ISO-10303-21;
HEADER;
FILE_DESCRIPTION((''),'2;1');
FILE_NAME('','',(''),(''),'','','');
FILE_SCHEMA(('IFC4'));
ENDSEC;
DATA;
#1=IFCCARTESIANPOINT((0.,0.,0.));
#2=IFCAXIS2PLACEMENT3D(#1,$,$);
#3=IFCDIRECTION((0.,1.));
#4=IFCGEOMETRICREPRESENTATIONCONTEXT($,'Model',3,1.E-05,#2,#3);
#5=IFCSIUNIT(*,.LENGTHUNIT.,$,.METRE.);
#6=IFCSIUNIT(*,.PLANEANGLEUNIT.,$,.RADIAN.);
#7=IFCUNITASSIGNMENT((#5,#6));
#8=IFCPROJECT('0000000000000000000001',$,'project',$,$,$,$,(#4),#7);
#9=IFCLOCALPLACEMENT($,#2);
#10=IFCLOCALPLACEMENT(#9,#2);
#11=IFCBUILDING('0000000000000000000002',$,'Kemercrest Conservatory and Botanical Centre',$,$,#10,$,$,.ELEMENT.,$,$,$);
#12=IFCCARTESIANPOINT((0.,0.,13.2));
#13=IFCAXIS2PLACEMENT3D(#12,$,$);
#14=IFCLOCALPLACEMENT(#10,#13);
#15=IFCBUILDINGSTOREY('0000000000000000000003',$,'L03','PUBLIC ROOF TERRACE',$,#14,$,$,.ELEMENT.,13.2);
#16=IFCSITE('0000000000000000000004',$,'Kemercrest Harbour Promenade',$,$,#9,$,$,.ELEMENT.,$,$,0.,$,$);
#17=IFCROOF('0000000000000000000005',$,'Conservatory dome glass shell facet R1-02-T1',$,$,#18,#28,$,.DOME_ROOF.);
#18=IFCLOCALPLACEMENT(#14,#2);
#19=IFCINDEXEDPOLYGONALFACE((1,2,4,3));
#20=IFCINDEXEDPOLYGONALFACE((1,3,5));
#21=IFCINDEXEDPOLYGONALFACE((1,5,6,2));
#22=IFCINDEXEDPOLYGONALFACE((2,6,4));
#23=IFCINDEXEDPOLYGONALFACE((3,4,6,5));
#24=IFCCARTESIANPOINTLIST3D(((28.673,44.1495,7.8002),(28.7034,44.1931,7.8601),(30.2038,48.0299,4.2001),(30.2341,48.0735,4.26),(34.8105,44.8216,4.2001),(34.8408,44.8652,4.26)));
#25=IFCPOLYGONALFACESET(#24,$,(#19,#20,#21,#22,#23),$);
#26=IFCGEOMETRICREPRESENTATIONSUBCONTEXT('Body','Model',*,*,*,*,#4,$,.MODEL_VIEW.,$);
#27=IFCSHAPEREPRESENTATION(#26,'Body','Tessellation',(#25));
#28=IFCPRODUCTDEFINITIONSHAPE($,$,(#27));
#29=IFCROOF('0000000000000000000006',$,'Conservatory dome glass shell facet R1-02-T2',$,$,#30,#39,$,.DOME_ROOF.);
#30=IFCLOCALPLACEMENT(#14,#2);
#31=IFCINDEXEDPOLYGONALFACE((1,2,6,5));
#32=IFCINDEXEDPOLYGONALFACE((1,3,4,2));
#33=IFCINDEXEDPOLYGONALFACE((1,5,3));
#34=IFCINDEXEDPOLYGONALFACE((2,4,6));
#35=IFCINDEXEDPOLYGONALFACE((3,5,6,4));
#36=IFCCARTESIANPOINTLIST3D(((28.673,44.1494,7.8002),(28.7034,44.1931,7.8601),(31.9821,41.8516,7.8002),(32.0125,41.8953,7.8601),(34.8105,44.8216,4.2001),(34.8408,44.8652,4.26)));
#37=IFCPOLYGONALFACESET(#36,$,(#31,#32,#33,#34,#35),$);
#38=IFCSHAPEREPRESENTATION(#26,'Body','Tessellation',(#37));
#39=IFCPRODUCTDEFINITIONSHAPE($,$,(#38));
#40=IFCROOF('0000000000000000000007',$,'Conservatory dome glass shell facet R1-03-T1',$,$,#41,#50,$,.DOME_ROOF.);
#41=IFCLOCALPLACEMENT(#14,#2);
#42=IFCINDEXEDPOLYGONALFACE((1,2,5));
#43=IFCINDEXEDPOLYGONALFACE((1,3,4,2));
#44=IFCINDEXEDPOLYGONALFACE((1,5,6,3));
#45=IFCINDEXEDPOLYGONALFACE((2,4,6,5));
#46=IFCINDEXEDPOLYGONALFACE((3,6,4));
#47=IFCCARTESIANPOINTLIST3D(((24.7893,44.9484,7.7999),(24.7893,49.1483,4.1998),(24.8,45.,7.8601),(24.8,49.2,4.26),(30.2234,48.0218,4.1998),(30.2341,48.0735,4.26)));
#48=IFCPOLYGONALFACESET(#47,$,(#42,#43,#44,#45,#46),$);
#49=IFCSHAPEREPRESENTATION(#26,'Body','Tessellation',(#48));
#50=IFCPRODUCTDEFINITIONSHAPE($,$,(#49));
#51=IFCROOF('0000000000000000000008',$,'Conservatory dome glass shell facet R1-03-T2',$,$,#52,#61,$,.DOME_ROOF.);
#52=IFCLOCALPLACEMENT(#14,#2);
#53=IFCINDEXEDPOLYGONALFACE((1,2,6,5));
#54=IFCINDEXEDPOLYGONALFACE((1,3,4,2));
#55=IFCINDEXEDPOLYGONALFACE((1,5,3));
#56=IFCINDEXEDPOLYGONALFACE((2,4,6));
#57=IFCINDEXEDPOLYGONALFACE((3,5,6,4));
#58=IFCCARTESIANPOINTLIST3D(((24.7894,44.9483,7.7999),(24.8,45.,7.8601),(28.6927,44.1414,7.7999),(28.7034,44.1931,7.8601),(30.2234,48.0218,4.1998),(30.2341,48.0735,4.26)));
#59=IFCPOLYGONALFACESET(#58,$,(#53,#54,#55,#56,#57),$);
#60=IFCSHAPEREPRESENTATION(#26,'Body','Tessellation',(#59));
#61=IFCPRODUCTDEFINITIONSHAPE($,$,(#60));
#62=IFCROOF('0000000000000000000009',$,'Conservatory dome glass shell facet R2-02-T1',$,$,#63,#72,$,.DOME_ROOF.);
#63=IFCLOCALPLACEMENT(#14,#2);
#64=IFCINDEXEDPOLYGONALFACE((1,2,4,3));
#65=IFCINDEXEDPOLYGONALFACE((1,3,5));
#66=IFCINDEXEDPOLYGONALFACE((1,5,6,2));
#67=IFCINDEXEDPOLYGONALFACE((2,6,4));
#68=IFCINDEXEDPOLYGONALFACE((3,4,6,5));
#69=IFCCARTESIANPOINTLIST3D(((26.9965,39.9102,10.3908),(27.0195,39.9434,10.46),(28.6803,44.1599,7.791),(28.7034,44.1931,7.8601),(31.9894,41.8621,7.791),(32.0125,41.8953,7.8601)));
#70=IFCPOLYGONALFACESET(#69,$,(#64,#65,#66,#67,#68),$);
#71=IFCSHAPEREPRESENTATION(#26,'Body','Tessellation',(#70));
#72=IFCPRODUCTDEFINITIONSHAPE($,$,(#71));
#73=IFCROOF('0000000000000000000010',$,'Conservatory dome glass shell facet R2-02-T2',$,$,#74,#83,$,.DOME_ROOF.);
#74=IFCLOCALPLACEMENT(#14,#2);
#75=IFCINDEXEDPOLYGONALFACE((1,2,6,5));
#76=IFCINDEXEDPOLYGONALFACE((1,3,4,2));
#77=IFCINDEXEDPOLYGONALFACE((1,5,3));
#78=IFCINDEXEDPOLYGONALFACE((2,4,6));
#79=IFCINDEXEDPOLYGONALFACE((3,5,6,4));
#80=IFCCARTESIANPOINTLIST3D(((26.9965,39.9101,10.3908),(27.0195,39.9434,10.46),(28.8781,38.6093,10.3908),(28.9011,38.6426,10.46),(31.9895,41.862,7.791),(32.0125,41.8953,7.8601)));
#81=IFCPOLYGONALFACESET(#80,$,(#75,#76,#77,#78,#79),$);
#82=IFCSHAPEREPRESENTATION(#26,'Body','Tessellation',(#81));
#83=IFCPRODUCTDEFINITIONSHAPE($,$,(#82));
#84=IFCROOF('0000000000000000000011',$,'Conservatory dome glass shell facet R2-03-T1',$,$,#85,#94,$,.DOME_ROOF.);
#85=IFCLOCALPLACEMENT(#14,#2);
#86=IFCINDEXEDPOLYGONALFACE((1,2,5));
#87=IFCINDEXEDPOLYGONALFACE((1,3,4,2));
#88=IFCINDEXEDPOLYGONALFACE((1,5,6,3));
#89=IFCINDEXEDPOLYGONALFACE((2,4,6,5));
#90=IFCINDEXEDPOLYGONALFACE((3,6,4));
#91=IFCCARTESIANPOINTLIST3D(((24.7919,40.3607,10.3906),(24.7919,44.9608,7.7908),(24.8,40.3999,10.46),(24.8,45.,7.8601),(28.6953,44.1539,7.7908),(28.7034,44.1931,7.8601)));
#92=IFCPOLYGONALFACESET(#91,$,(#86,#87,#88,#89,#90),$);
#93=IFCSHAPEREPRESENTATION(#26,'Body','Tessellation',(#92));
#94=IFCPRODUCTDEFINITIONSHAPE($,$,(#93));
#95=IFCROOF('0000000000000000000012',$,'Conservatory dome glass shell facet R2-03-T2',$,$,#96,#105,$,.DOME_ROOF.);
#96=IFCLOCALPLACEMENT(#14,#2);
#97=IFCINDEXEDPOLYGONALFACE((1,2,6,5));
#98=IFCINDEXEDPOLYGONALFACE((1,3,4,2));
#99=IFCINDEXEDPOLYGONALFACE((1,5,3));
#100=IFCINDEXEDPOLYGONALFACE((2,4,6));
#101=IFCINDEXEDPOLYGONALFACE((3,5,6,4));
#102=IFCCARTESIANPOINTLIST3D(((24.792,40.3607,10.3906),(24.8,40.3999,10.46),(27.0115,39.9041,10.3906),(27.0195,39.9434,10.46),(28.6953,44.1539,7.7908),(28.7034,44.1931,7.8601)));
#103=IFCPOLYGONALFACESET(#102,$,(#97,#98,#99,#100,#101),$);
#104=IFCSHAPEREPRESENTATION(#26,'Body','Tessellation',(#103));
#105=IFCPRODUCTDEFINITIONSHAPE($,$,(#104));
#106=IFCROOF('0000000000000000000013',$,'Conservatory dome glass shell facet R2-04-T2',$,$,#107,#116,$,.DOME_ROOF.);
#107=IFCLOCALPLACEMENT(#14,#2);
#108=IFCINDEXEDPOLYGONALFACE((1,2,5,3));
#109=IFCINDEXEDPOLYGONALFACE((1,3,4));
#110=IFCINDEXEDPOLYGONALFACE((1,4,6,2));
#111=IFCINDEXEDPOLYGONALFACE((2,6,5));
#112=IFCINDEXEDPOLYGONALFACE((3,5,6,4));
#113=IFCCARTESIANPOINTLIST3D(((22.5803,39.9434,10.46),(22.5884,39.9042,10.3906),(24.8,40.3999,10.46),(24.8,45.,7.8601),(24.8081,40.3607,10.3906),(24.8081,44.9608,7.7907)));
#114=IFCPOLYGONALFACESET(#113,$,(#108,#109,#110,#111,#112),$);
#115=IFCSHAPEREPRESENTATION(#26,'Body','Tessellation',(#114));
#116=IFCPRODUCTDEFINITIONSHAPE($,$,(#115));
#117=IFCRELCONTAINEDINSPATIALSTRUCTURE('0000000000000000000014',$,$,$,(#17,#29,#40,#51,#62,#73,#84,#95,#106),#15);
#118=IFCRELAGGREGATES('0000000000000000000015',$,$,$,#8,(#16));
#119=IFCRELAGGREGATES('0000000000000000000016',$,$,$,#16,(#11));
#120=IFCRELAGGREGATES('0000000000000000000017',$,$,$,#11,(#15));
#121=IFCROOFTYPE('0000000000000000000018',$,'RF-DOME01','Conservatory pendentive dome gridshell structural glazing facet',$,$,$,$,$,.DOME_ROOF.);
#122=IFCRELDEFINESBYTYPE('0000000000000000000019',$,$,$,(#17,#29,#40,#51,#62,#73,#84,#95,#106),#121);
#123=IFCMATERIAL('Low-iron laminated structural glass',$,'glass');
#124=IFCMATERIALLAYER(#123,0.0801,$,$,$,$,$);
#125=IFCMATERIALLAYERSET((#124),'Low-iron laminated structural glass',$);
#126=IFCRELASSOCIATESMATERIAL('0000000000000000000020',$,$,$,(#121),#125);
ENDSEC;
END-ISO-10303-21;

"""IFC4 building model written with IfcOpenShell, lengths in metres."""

from ifc_helpers import new_model, si_unit, direction, frame, origin, place, context, subcontext, project, spatial, polyline, outline, extrude, material, layer, layer_set, type_object, element, save


model = new_model("IFC4")

# Units and contexts
model_context = context("Model", 3, precision=1e-05, world=origin(), true_north=direction((0.0, 1.0)))
body_context = subcontext(model_context, "Body", "Model", "MODEL_VIEW")
ifc_project = project(units=[si_unit("LENGTHUNIT", "METRE"), si_unit("PLANEANGLEUNIT", "RADIAN")], contexts=[model_context])

# Site, building, storey
site_placement = place(None, origin())
site = spatial("IfcSite", under=ifc_project, at=site_placement, Name="Kemercrest Harbour Promenade", CompositionType="ELEMENT", RefElevation=0.0)
building_placement = place(site_placement, origin())
building = spatial("IfcBuilding", under=site, at=building_placement, Name="Kemercrest Conservatory and Botanical Centre", CompositionType="ELEMENT")
storey_placement = place(building_placement, frame((0.0, 0.0, 13.2)))
storey = spatial("IfcBuildingStorey", under=building, at=storey_placement, Name="L03", Description="PUBLIC ROOF TERRACE", CompositionType="ELEMENT", Elevation=13.2)

# Roofs
ifc_material_1 = material(Name="Low-iron laminated structural glass", Category="glass")
ifc_layer_1 = layer(ifc_material_1, 0.0801)
ifc_layer_set_1 = layer_set([ifc_layer_1], Name="Low-iron laminated structural glass")
roof_type = type_object("IfcRoofType", Name="RF-DOME01", Description="Conservatory pendentive dome gridshell structural glazing facet", PredefinedType="DOME_ROOF", material=ifc_layer_set_1)
roof_1_placement = place(storey_placement, frame((34.8408, 44.8652, 4.26), z_axis=(0.379212, 0.544506, 0.748138), x_axis=(-0.820605, 0.571496, 0.0)))
element("IfcRoof", 1, at=roof_1_placement, inside=storey, type_object=roof_type, Name="Conservatory dome glass shell facet R1-02-T1", PredefinedType="DOME_ROOF", context=body_context, shape_type="SweptSolid", body=[
    extrude(outline(polyline([(0.0, 0.0), (5.6138, 0.0), (4.6523, 5.4256), (0.0, 0.0)])), origin(), (0.0, 0.0, -1.0), 0.0801),
])
roof_2_placement = place(storey_placement, frame((34.8408, 44.8652, 4.26), z_axis=(0.3788, 0.545502, 0.747622), x_axis=(-0.858735, -0.094041, 0.503716)))
element("IfcRoof", 2, at=roof_2_placement, inside=storey, type_object=roof_type, Name="Conservatory dome glass shell facet R1-02-T2", PredefinedType="DOME_ROOF", context=body_context, shape_type="SweptSolid", body=[
    extrude(outline(polyline([(0.0, 0.0), (7.1471, 0.0), (4.5215, 3.0556), (0.0, 0.0)])), origin(), (0.0, 0.0, -1.0), 0.0801),
])
roof_3_placement = place(storey_placement, frame((30.2341, 48.0735, 4.26), z_axis=(0.133698, 0.644963, 0.752428), x_axis=(-0.979183, 0.202981, 0.0)))
element("IfcRoof", 3, at=roof_3_placement, inside=storey, type_object=roof_type, Name="Conservatory dome glass shell facet R1-03-T1", PredefinedType="DOME_ROOF", context=body_context, shape_type="SweptSolid", body=[
    extrude(outline(polyline([(0.0, 0.0), (5.5496, 0.0), (4.6971, 5.4657), (0.0, 0.0)])), origin(), (0.0, 0.0, -1.0), 0.0801),
])
roof_4_placement = place(storey_placement, frame((30.2341, 48.0735, 4.26), z_axis=(0.133388, 0.645269, 0.752221), x_axis=(-0.754034, -0.426477, 0.49955)))
element("IfcRoof", 4, at=roof_4_placement, inside=storey, type_object=roof_type, Name="Conservatory dome glass shell facet R1-03-T2", PredefinedType="DOME_ROOF", context=body_context, shape_type="SweptSolid", body=[
    extrude(outline(polyline([(0.0, 0.0), (7.2067, 0.0), (4.6076, 3.0218), (0.0, 0.0)])), origin(), (0.0, 0.0, -1.0), 0.0801),
])
roof_5_placement = place(storey_placement, frame((32.0125, 41.8953, 7.8601), z_axis=(0.287674, 0.414273, 0.863494), x_axis=(-0.821384, 0.570375, 0.0)))
element("IfcRoof", 5, at=roof_5_placement, inside=storey, type_object=roof_type, Name="Conservatory dome glass shell facet R2-02-T1", PredefinedType="DOME_ROOF", context=body_context, shape_type="SweptSolid", body=[
    extrude(outline(polyline([(0.0, 0.0), (4.0287, 0.0), (2.9878, 5.1548), (0.0, 0.0)])), origin(), (0.0, 0.0, -1.0), 0.0801),
])
roof_6_placement = place(storey_placement, frame((32.0125, 41.8953, 7.8601), z_axis=(0.28711, 0.415307, 0.863185), x_axis=(-0.838012, -0.327608, 0.436359)))
element("IfcRoof", 6, at=roof_6_placement, inside=storey, type_object=roof_type, Name="Conservatory dome glass shell facet R2-02-T2", PredefinedType="DOME_ROOF", context=body_context, shape_type="SweptSolid", body=[
    extrude(outline(polyline([(0.0, 0.0), (5.9581, 0.0), (4.8074, 1.977), (0.0, 0.0)])), origin(), (0.0, 0.0, -1.0), 0.0801),
])
roof_7_placement = place(storey_placement, frame((28.7034, 44.1931, 7.8601), z_axis=(0.101189, 0.489503, 0.866111), x_axis=(-0.979295, 0.202437, 0.0)))
element("IfcRoof", 7, at=roof_7_placement, inside=storey, type_object=roof_type, Name="Conservatory dome glass shell facet R2-03-T1", PredefinedType="DOME_ROOF", context=body_context, shape_type="SweptSolid", body=[
    extrude(outline(polyline([(0.0, 0.0), (3.9858, 0.0), (3.0546, 5.2012), (0.0, 0.0)])), origin(), (0.0, 0.0, -1.0), 0.0801),
])
roof_8_placement = place(storey_placement, frame((28.7034, 44.1931, 7.8601), z_axis=(0.10076, 0.489845, 0.865967), x_axis=(-0.647115, -0.62886, 0.431019)))
element("IfcRoof", 8, at=roof_8_placement, inside=storey, type_object=roof_type, Name="Conservatory dome glass shell facet R2-03-T2", PredefinedType="DOME_ROOF", context=body_context, shape_type="SweptSolid", body=[
    extrude(outline(polyline([(0.0, 0.0), (6.0319, 0.0), (4.8827, 1.9529), (0.0, 0.0)])), origin(), (0.0, 0.0, -1.0), 0.0801),
])
roof_9_placement = place(storey_placement, frame((24.8, 45.0, 7.8601), z_axis=(-0.100684, 0.489528, 0.866155), x_axis=(-0.363665, -0.828445, 0.425942)))
element("IfcRoof", 9, at=roof_9_placement, inside=storey, type_object=roof_type, Name="Conservatory dome glass shell facet R2-04-T2", PredefinedType="DOME_ROOF", context=body_context, shape_type="SweptSolid", body=[
    extrude(outline(polyline([(0.0, 0.0), (6.1038, 0.0), (4.9183, 1.9314), (0.0, 0.0)])), origin(), (0.0, 0.0, -1.0), 0.0801),
])

save(model, "model.ifc")
